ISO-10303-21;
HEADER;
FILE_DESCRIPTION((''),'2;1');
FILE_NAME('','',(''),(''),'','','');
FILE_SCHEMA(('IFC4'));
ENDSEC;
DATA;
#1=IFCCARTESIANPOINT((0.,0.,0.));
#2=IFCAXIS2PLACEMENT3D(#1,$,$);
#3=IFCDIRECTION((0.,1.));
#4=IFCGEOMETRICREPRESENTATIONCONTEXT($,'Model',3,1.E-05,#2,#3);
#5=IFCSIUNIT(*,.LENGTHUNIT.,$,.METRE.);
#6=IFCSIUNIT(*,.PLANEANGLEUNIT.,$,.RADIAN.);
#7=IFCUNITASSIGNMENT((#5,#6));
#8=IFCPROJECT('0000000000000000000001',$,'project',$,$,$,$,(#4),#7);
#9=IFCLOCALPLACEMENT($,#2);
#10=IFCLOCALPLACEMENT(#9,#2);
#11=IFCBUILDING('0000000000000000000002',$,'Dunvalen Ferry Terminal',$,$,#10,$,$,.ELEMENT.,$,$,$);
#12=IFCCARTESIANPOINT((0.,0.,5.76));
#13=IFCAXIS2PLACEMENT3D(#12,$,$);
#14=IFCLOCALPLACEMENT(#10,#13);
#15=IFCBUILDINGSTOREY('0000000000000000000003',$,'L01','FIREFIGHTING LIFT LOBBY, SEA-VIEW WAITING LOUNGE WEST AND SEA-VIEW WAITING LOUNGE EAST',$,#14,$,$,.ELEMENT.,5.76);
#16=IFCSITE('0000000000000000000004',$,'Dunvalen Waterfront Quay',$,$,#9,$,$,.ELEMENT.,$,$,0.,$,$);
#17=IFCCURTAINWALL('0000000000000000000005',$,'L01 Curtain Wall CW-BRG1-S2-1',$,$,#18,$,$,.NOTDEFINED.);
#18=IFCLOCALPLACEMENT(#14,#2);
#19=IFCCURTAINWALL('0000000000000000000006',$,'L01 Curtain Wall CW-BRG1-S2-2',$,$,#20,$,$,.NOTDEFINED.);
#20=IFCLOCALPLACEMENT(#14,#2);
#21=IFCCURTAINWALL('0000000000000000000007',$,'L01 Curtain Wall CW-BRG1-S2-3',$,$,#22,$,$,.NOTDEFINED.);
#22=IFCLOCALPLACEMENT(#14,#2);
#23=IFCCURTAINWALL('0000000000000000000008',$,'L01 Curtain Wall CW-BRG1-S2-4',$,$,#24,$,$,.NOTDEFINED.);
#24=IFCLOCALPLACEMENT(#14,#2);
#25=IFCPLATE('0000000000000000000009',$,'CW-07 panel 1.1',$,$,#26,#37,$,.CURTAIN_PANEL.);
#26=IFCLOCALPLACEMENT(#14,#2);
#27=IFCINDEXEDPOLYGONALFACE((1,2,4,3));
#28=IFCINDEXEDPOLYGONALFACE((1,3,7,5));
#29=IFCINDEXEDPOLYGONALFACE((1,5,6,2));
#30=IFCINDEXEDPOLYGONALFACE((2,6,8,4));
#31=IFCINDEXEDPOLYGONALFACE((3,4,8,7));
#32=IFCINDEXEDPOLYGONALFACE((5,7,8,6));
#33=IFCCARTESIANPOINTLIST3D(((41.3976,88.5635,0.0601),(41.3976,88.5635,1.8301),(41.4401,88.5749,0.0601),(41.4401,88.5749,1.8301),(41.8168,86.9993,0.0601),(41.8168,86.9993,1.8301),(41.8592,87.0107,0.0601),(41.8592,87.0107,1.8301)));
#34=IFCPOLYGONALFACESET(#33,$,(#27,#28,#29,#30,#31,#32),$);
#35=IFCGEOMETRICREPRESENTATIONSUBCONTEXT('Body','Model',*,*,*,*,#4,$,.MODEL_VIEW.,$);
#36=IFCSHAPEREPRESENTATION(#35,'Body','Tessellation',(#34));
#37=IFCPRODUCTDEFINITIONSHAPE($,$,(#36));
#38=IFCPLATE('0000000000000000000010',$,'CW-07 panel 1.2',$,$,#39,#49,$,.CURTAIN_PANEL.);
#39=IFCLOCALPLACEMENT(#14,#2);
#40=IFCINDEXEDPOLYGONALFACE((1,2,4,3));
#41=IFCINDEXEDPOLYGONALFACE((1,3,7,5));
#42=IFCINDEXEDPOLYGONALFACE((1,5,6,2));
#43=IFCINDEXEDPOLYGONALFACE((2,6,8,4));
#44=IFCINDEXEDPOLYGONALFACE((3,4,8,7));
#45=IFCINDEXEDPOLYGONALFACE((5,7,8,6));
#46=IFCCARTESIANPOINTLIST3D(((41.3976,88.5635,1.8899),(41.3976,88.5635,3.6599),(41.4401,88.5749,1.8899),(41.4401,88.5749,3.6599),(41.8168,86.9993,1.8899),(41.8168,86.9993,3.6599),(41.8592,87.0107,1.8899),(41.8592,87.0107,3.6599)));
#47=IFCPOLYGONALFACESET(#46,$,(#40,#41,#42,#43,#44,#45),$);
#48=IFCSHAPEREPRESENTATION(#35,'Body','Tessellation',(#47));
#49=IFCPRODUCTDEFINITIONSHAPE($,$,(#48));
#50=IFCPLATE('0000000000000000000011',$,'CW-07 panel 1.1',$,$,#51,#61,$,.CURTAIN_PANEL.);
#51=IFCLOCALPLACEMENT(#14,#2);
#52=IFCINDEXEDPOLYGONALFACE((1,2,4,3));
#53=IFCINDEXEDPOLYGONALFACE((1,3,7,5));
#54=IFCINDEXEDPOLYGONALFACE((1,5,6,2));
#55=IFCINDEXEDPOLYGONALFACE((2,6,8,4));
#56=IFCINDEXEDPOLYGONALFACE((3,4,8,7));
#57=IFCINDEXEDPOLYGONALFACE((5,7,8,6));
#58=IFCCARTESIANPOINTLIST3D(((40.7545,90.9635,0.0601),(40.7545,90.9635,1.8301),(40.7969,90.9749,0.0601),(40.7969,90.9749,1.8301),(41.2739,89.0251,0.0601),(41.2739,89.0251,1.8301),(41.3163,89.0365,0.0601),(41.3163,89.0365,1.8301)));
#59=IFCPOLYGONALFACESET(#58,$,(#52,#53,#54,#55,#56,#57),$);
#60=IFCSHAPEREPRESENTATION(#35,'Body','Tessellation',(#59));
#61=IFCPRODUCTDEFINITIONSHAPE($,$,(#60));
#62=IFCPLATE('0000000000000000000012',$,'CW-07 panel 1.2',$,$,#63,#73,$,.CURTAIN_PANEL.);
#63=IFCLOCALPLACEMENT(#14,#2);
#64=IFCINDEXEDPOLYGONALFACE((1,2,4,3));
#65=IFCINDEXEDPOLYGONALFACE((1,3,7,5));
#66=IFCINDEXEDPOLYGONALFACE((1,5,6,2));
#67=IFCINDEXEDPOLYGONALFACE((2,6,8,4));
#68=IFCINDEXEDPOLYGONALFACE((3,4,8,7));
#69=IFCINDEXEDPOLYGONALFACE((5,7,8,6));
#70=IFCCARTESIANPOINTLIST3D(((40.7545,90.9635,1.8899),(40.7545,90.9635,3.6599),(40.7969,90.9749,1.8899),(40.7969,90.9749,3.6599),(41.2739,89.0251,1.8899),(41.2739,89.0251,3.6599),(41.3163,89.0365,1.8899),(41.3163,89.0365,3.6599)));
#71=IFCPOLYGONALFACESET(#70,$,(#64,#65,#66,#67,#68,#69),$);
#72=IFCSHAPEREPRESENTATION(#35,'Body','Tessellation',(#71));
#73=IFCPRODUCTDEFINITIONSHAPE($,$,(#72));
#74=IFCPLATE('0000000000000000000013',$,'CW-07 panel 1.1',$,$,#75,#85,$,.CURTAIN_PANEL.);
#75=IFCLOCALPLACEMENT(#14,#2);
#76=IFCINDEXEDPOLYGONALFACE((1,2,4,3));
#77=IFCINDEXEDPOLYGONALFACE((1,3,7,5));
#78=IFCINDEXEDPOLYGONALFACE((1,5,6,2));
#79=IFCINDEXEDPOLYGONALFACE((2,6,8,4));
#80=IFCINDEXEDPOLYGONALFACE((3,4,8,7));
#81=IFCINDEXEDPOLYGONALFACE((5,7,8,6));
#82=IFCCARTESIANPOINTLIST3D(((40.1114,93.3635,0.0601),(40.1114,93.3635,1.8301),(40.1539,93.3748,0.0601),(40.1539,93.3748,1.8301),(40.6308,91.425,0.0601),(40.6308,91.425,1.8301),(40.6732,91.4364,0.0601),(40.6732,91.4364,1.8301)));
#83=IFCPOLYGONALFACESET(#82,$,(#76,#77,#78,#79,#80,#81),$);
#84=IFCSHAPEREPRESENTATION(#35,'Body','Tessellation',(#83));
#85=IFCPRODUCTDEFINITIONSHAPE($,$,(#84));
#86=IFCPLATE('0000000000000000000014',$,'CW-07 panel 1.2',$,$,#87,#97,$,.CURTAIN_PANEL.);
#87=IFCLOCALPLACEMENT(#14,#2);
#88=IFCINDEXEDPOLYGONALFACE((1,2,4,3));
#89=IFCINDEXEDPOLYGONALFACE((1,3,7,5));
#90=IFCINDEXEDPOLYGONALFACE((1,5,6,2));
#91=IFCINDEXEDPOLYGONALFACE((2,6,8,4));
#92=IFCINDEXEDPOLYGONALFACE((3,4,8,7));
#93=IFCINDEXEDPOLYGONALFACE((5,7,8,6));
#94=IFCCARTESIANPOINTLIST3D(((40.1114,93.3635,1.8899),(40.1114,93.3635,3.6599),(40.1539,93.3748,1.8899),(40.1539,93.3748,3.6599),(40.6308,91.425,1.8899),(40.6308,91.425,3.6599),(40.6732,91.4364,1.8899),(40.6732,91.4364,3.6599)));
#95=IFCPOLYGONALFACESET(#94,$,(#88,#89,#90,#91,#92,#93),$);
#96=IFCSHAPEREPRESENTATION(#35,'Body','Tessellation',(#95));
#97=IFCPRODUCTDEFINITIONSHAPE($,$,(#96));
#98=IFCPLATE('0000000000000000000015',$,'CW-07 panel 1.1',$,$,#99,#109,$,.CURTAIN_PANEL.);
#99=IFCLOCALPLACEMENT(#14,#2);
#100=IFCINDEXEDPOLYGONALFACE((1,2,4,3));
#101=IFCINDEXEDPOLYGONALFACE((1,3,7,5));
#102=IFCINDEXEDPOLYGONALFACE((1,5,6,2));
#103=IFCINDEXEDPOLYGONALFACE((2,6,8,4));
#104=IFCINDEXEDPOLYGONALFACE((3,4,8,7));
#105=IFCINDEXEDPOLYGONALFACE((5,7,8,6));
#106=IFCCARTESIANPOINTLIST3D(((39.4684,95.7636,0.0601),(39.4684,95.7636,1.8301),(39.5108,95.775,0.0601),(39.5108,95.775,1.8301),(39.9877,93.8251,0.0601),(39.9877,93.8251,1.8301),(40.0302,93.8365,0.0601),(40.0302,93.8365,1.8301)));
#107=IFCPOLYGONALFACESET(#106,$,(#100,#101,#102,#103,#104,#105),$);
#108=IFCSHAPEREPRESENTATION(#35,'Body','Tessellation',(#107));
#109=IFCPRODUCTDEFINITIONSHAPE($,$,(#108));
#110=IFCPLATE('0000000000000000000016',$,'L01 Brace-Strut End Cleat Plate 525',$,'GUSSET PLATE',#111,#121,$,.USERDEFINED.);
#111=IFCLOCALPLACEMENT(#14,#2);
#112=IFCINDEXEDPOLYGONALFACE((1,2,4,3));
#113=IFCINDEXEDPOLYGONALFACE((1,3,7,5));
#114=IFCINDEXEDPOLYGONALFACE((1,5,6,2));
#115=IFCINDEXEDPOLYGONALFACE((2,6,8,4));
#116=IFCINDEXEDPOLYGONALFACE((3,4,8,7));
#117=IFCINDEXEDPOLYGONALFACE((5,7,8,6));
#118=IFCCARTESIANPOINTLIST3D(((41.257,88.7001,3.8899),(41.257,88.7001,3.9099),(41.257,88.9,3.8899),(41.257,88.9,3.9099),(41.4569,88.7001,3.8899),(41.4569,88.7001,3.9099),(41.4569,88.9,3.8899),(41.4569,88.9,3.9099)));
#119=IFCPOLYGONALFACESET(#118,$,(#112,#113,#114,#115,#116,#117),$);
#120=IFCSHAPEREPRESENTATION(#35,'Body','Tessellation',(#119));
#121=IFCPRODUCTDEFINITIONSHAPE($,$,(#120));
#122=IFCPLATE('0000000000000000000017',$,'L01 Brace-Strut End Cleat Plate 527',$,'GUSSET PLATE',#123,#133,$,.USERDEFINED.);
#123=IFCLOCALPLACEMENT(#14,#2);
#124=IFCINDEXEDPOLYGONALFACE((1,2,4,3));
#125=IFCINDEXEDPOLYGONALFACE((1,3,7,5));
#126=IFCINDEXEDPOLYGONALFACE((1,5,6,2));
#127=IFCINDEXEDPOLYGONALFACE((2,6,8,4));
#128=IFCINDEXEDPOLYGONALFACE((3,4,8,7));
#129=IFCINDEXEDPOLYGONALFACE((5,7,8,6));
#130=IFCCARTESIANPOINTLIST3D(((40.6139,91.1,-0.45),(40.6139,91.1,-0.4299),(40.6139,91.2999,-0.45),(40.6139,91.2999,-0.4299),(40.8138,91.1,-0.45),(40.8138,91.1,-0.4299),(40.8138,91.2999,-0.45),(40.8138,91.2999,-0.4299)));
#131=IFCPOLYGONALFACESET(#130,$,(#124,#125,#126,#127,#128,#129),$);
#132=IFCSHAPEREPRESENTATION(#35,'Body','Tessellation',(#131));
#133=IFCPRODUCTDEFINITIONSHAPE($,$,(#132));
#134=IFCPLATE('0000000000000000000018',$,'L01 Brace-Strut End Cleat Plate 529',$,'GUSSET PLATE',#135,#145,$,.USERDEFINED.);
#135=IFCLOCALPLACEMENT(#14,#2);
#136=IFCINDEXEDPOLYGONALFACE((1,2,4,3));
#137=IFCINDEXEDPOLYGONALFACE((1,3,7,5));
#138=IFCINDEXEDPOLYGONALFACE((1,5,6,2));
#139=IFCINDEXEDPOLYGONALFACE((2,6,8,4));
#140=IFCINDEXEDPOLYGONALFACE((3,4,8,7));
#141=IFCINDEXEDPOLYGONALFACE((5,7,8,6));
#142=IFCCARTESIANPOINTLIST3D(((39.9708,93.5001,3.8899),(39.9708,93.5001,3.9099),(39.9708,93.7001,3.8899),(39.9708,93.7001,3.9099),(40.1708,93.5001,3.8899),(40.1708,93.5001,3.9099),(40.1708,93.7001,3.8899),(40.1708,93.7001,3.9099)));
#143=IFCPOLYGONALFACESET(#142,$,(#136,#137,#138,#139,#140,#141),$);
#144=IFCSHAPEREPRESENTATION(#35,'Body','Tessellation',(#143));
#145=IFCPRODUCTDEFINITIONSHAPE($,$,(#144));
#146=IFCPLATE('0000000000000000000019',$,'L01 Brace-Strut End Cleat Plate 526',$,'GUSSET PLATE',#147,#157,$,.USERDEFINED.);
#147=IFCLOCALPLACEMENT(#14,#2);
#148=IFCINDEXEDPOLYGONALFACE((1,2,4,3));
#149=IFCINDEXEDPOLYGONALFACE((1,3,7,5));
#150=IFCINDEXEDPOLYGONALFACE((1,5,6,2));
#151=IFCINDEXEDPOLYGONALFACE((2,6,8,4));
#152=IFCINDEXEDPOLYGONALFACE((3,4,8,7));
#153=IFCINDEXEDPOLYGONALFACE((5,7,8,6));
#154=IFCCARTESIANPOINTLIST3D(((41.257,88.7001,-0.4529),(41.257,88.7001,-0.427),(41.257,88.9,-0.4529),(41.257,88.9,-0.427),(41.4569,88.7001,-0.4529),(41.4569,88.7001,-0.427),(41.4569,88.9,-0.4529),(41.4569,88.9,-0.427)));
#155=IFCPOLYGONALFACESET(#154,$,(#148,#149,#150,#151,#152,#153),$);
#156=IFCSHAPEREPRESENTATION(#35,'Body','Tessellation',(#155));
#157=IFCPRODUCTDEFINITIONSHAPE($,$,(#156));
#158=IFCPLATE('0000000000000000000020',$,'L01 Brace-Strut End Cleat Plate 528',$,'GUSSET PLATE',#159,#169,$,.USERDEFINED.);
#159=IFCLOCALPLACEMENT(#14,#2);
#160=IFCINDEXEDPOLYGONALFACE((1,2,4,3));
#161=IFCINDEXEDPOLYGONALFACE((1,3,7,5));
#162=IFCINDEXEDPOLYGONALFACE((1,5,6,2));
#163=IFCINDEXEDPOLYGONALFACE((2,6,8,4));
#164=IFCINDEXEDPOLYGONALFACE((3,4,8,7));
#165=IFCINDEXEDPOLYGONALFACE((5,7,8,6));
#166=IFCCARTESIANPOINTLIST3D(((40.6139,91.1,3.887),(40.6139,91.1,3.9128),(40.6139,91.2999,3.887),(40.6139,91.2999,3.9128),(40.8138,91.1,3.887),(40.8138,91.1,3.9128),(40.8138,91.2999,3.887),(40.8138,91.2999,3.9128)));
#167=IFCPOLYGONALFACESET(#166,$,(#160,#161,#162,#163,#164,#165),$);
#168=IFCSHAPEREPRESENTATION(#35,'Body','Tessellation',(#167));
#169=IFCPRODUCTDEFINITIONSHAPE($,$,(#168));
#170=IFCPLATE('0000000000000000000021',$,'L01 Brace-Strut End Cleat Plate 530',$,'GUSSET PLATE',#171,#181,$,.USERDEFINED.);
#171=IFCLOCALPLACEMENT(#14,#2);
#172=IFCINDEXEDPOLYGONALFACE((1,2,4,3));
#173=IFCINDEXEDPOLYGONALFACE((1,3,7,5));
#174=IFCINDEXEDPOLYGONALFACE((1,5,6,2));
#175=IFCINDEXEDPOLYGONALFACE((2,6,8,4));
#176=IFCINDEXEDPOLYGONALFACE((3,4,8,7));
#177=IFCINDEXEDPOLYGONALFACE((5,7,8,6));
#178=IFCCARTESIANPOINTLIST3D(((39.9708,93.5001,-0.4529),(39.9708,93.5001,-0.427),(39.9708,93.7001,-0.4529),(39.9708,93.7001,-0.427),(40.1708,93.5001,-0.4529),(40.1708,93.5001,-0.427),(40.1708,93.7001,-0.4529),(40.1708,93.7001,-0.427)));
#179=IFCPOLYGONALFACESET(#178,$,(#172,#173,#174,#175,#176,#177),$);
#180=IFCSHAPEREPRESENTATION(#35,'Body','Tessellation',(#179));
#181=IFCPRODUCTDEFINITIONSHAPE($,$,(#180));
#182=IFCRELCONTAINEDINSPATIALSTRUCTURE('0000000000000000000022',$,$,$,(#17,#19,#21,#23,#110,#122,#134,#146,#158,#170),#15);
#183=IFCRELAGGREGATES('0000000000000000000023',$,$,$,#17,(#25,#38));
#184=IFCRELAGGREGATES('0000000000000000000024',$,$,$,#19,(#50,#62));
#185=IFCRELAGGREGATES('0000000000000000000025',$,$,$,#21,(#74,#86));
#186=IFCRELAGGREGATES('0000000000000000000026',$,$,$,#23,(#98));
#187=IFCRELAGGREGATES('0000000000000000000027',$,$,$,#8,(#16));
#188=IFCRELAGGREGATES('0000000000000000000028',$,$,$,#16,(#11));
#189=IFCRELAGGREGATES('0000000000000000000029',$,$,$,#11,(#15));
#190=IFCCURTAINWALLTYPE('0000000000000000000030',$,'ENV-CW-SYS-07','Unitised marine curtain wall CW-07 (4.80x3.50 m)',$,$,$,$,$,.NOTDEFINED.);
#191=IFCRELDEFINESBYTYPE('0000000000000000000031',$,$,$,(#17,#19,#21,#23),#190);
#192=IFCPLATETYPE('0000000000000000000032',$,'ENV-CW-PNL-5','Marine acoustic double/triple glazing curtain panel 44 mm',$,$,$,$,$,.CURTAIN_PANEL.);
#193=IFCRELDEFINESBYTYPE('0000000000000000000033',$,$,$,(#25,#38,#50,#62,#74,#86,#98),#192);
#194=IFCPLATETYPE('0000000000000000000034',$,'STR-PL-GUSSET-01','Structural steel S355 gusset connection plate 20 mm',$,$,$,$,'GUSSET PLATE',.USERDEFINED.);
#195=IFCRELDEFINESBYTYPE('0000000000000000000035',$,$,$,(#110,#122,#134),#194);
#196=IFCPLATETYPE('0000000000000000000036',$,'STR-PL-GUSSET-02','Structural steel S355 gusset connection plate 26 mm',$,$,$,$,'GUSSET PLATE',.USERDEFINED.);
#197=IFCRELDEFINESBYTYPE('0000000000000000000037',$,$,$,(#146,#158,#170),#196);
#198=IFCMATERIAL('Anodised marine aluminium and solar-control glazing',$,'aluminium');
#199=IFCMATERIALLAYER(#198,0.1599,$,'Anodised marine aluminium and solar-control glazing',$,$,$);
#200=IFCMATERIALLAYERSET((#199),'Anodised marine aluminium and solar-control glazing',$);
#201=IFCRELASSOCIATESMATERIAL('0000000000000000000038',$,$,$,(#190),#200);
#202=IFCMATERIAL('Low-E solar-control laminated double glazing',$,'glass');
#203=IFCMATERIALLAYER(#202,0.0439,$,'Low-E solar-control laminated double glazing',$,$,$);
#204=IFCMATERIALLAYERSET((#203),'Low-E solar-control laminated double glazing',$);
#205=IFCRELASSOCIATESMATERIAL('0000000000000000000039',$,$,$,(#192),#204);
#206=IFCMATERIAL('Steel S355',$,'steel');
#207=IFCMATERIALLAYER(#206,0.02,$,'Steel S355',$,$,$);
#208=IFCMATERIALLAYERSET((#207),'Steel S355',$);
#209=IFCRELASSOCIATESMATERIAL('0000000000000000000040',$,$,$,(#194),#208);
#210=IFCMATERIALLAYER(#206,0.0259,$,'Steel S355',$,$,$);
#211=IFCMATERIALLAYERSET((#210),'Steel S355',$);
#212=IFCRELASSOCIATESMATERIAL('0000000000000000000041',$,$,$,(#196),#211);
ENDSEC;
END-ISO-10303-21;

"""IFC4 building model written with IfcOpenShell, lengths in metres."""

from ifc_helpers import new_model, si_unit, direction, frame, origin, origin_2d, place, context, subcontext, project, spatial, rectangle, extrude, material, layer, layer_set, type_object, element, aggregate, save


model = new_model("IFC4")

# Units and contexts
model_context = context("Model", 3, precision=1e-05, world=origin(), true_north=direction((0.0, 1.0)))
body_context = subcontext(model_context, "Body", "Model", "MODEL_VIEW")
ifc_project = project(units=[si_unit("LENGTHUNIT", "METRE"), si_unit("PLANEANGLEUNIT", "RADIAN")], contexts=[model_context])

# Site, building, storey
site_placement = place(None, origin())
site = spatial("IfcSite", under=ifc_project, at=site_placement, Name="Dunvalen Waterfront Quay", CompositionType="ELEMENT", RefElevation=0.0)
building_placement = place(site_placement, origin())
building = spatial("IfcBuilding", under=site, at=building_placement, Name="Dunvalen Ferry Terminal", CompositionType="ELEMENT")
storey_placement = place(building_placement, frame((0.0, 0.0, 5.76)))
storey = spatial("IfcBuildingStorey", under=building, at=storey_placement, Name="L01", Description="FIREFIGHTING LIFT LOBBY, SEA-VIEW WAITING LOUNGE WEST AND SEA-VIEW WAITING LOUNGE EAST", CompositionType="ELEMENT", Elevation=5.76)

# Curtain walls
ifc_material_1 = material(Name="Anodised marine aluminium and solar-control glazing", Category="aluminium")
ifc_layer_1 = layer(ifc_material_1, 0.1599, Name="Anodised marine aluminium and solar-control glazing")
ifc_layer_set_1 = layer_set([ifc_layer_1], Name="Anodised marine aluminium and solar-control glazing")
curtain_wall_type = type_object("IfcCurtainWallType", Name="ENV-CW-SYS-07", Description="Unitised marine curtain wall CW-07 (4.80x3.50 m)", PredefinedType="NOTDEFINED", material=ifc_layer_set_1)
curtain_wall_1_placement = place(storey_placement, origin())
curtain_wall_1 = element("IfcCurtainWall", 1, at=curtain_wall_1_placement, inside=storey, type_object=curtain_wall_type, Name="L01 Curtain Wall CW-BRG1-S2-1", PredefinedType="NOTDEFINED")
curtain_wall_2_placement = place(storey_placement, origin())
curtain_wall_2 = element("IfcCurtainWall", 2, at=curtain_wall_2_placement, inside=storey, type_object=curtain_wall_type, Name="L01 Curtain Wall CW-BRG1-S2-2", PredefinedType="NOTDEFINED")
curtain_wall_3_placement = place(storey_placement, origin())
curtain_wall_3 = element("IfcCurtainWall", 3, at=curtain_wall_3_placement, inside=storey, type_object=curtain_wall_type, Name="L01 Curtain Wall CW-BRG1-S2-3", PredefinedType="NOTDEFINED")

# Curtain wall
curtain_wall_4_placement = place(storey_placement, origin())
curtain_wall_4 = element("IfcCurtainWall", 4, at=curtain_wall_4_placement, inside=storey, type_object=curtain_wall_type, Name="L01 Curtain Wall CW-BRG1-S2-4", PredefinedType="NOTDEFINED")

# Shared definitions
ifc_material_2 = material(Name="Steel S355", Category="steel")

# Plates
ifc_material_3 = material(Name="Low-E solar-control laminated double glazing", Category="glass")
ifc_layer_2 = layer(ifc_material_3, 0.0439, Name="Low-E solar-control laminated double glazing")
ifc_layer_set_2 = layer_set([ifc_layer_2], Name="Low-E solar-control laminated double glazing")
plate_type_1 = type_object("IfcPlateType", Name="ENV-CW-PNL-5", Description="Marine acoustic double/triple glazing curtain panel 44 mm", PredefinedType="CURTAIN_PANEL", material=ifc_layer_set_2)
plate_1_placement = place(storey_placement, frame((41.6284, 87.7871, 0.0601), z_axis=(0.0, 0.0, 1.0), x_axis=(-0.258843, 0.965919, 0.0)))
plate_1 = element("IfcPlate", 5, at=plate_1_placement, type_object=plate_type_1, Name="CW-07 panel 1.1", PredefinedType="CURTAIN_PANEL", context=body_context, shape_type="SweptSolid", body=[
    extrude(rectangle(XDim=1.6194, YDim=0.0439, at=origin_2d()), origin(), (0.0, 0.0, 1.0), 1.77),
])
plate_2_placement = place(storey_placement, frame((41.6284, 87.7871, 1.8899), z_axis=(0.0, 0.0, 1.0), x_axis=(-0.258843, 0.965919, 0.0)))
plate_2 = element("IfcPlate", 6, at=plate_2_placement, type_object=plate_type_1, Name="CW-07 panel 1.2", PredefinedType="CURTAIN_PANEL", context=body_context, shape_type="SweptSolid", body=[
    extrude(rectangle(XDim=1.6194, YDim=0.0439, at=origin_2d()), origin(), (0.0, 0.0, 1.0), 1.77),
])
aggregate(curtain_wall_1, [plate_1, plate_2])
plate_3_placement = place(storey_placement, frame((41.0354, 90.0, 0.0601), z_axis=(0.0, 0.0, 1.0), x_axis=(-0.25883, 0.965923, 0.0)))
plate_3 = element("IfcPlate", 7, at=plate_3_placement, type_object=plate_type_1, Name="CW-07 panel 1.1", PredefinedType="CURTAIN_PANEL", context=body_context, shape_type="SweptSolid", body=[
    extrude(rectangle(XDim=2.0068, YDim=0.0439, at=origin_2d()), origin(), (0.0, 0.0, 1.0), 1.77),
])
plate_4_placement = place(storey_placement, frame((41.0354, 90.0, 1.8899), z_axis=(0.0, 0.0, 1.0), x_axis=(-0.25883, 0.965923, 0.0)))
plate_4 = element("IfcPlate", 8, at=plate_4_placement, type_object=plate_type_1, Name="CW-07 panel 1.2", PredefinedType="CURTAIN_PANEL", context=body_context, shape_type="SweptSolid", body=[
    extrude(rectangle(XDim=2.0068, YDim=0.0439, at=origin_2d()), origin(), (0.0, 0.0, 1.0), 1.77),
])
aggregate(curtain_wall_2, [plate_3, plate_4])
plate_5_placement = place(storey_placement, frame((40.3923, 92.3999, 0.0601), z_axis=(0.0, 0.0, 1.0), x_axis=(-0.258786, 0.965935, 0.0)))
plate_5 = element("IfcPlate", 9, at=plate_5_placement, type_object=plate_type_1, Name="CW-07 panel 1.1", PredefinedType="CURTAIN_PANEL", context=body_context, shape_type="SweptSolid", body=[
    extrude(rectangle(XDim=2.0068, YDim=0.0439, at=origin_2d()), origin(), (0.0, 0.0, 1.0), 1.77),
])
plate_6_placement = place(storey_placement, frame((40.3923, 92.3999, 1.8899), z_axis=(0.0, 0.0, 1.0), x_axis=(-0.258786, 0.965935, 0.0)))
plate_6 = element("IfcPlate", 10, at=plate_6_placement, type_object=plate_type_1, Name="CW-07 panel 1.2", PredefinedType="CURTAIN_PANEL", context=body_context, shape_type="SweptSolid", body=[
    extrude(rectangle(XDim=2.0068, YDim=0.0439, at=origin_2d()), origin(), (0.0, 0.0, 1.0), 1.77),
])
aggregate(curtain_wall_3, [plate_5, plate_6])
plate_7_placement = place(storey_placement, frame((39.7493, 94.8, 0.0601), z_axis=(0.0, 0.0, 1.0), x_axis=(-0.258786, 0.965935, 0.0)))
plate_7 = element("IfcPlate", 11, at=plate_7_placement, type_object=plate_type_1, Name="CW-07 panel 1.1", PredefinedType="CURTAIN_PANEL", context=body_context, shape_type="SweptSolid", body=[
    extrude(rectangle(XDim=2.0068, YDim=0.0439, at=origin_2d()), origin(), (0.0, 0.0, 1.0), 1.77),
])
aggregate(curtain_wall_4, [plate_7])

# Plates
ifc_layer_3 = layer(ifc_material_2, 0.02, Name="Steel S355")
ifc_layer_set_3 = layer_set([ifc_layer_3], Name="Steel S355")
plate_type_2 = type_object("IfcPlateType", Name="STR-PL-GUSSET-01", Description="Structural steel S355 gusset connection plate 20 mm", ElementType="GUSSET PLATE", PredefinedType="USERDEFINED", material=ifc_layer_set_3)
for number, where, z_axis, x_axis, name in (
    (12, (41.3569, 88.8, 3.8899), (0.0, 0.0, 1.0), (1.0, 0.0, 0.0), "L01 Brace-Strut End Cleat Plate 525"),
    (13, (40.7139, 91.2, -0.45), (0.0, 0.0, 1.0), (1.0, 0.0, 0.0), "L01 Brace-Strut End Cleat Plate 527"),
    (14, (40.0708, 93.6001, 3.8899), (0.0, 0.0, 1.0), (1.0, 0.0, 0.0), "L01 Brace-Strut End Cleat Plate 529"),
):
    element("IfcPlate", number, at=place(storey_placement, frame(where, z_axis=z_axis, x_axis=x_axis)), inside=storey, type_object=plate_type_2, Name=name, ObjectType="GUSSET PLATE", PredefinedType="USERDEFINED", context=body_context, shape_type="SweptSolid", body=[
        extrude(rectangle(XDim=0.2, YDim=0.2, at=origin_2d()), origin(), (0.0, 0.0, 1.0), 0.02),
    ])
ifc_layer_4 = layer(ifc_material_2, 0.0259, Name="Steel S355")
ifc_layer_set_4 = layer_set([ifc_layer_4], Name="Steel S355")
plate_type_3 = type_object("IfcPlateType", Name="STR-PL-GUSSET-02", Description="Structural steel S355 gusset connection plate 26 mm", ElementType="GUSSET PLATE", PredefinedType="USERDEFINED", material=ifc_layer_set_4)
for number, where, z_axis, x_axis, name in (
    (15, (41.3569, 88.8, -0.4529), (0.0, 0.0, 1.0), (1.0, 0.0, 0.0), "L01 Brace-Strut End Cleat Plate 526"),
    (16, (40.7139, 91.2, 3.887), (0.0, 0.0, 1.0), (1.0, 0.0, 0.0), "L01 Brace-Strut End Cleat Plate 528"),
    (17, (40.0708, 93.6001, -0.4529), (0.0, 0.0, 1.0), (1.0, 0.0, 0.0), "L01 Brace-Strut End Cleat Plate 530"),
):
    element("IfcPlate", number, at=place(storey_placement, frame(where, z_axis=z_axis, x_axis=x_axis)), inside=storey, type_object=plate_type_3, Name=name, ObjectType="GUSSET PLATE", PredefinedType="USERDEFINED", context=body_context, shape_type="SweptSolid", body=[
        extrude(rectangle(XDim=0.2, YDim=0.2, at=origin_2d()), origin(), (0.0, 0.0, 1.0), 0.0259),
    ])

save(model, "model.ifc")
